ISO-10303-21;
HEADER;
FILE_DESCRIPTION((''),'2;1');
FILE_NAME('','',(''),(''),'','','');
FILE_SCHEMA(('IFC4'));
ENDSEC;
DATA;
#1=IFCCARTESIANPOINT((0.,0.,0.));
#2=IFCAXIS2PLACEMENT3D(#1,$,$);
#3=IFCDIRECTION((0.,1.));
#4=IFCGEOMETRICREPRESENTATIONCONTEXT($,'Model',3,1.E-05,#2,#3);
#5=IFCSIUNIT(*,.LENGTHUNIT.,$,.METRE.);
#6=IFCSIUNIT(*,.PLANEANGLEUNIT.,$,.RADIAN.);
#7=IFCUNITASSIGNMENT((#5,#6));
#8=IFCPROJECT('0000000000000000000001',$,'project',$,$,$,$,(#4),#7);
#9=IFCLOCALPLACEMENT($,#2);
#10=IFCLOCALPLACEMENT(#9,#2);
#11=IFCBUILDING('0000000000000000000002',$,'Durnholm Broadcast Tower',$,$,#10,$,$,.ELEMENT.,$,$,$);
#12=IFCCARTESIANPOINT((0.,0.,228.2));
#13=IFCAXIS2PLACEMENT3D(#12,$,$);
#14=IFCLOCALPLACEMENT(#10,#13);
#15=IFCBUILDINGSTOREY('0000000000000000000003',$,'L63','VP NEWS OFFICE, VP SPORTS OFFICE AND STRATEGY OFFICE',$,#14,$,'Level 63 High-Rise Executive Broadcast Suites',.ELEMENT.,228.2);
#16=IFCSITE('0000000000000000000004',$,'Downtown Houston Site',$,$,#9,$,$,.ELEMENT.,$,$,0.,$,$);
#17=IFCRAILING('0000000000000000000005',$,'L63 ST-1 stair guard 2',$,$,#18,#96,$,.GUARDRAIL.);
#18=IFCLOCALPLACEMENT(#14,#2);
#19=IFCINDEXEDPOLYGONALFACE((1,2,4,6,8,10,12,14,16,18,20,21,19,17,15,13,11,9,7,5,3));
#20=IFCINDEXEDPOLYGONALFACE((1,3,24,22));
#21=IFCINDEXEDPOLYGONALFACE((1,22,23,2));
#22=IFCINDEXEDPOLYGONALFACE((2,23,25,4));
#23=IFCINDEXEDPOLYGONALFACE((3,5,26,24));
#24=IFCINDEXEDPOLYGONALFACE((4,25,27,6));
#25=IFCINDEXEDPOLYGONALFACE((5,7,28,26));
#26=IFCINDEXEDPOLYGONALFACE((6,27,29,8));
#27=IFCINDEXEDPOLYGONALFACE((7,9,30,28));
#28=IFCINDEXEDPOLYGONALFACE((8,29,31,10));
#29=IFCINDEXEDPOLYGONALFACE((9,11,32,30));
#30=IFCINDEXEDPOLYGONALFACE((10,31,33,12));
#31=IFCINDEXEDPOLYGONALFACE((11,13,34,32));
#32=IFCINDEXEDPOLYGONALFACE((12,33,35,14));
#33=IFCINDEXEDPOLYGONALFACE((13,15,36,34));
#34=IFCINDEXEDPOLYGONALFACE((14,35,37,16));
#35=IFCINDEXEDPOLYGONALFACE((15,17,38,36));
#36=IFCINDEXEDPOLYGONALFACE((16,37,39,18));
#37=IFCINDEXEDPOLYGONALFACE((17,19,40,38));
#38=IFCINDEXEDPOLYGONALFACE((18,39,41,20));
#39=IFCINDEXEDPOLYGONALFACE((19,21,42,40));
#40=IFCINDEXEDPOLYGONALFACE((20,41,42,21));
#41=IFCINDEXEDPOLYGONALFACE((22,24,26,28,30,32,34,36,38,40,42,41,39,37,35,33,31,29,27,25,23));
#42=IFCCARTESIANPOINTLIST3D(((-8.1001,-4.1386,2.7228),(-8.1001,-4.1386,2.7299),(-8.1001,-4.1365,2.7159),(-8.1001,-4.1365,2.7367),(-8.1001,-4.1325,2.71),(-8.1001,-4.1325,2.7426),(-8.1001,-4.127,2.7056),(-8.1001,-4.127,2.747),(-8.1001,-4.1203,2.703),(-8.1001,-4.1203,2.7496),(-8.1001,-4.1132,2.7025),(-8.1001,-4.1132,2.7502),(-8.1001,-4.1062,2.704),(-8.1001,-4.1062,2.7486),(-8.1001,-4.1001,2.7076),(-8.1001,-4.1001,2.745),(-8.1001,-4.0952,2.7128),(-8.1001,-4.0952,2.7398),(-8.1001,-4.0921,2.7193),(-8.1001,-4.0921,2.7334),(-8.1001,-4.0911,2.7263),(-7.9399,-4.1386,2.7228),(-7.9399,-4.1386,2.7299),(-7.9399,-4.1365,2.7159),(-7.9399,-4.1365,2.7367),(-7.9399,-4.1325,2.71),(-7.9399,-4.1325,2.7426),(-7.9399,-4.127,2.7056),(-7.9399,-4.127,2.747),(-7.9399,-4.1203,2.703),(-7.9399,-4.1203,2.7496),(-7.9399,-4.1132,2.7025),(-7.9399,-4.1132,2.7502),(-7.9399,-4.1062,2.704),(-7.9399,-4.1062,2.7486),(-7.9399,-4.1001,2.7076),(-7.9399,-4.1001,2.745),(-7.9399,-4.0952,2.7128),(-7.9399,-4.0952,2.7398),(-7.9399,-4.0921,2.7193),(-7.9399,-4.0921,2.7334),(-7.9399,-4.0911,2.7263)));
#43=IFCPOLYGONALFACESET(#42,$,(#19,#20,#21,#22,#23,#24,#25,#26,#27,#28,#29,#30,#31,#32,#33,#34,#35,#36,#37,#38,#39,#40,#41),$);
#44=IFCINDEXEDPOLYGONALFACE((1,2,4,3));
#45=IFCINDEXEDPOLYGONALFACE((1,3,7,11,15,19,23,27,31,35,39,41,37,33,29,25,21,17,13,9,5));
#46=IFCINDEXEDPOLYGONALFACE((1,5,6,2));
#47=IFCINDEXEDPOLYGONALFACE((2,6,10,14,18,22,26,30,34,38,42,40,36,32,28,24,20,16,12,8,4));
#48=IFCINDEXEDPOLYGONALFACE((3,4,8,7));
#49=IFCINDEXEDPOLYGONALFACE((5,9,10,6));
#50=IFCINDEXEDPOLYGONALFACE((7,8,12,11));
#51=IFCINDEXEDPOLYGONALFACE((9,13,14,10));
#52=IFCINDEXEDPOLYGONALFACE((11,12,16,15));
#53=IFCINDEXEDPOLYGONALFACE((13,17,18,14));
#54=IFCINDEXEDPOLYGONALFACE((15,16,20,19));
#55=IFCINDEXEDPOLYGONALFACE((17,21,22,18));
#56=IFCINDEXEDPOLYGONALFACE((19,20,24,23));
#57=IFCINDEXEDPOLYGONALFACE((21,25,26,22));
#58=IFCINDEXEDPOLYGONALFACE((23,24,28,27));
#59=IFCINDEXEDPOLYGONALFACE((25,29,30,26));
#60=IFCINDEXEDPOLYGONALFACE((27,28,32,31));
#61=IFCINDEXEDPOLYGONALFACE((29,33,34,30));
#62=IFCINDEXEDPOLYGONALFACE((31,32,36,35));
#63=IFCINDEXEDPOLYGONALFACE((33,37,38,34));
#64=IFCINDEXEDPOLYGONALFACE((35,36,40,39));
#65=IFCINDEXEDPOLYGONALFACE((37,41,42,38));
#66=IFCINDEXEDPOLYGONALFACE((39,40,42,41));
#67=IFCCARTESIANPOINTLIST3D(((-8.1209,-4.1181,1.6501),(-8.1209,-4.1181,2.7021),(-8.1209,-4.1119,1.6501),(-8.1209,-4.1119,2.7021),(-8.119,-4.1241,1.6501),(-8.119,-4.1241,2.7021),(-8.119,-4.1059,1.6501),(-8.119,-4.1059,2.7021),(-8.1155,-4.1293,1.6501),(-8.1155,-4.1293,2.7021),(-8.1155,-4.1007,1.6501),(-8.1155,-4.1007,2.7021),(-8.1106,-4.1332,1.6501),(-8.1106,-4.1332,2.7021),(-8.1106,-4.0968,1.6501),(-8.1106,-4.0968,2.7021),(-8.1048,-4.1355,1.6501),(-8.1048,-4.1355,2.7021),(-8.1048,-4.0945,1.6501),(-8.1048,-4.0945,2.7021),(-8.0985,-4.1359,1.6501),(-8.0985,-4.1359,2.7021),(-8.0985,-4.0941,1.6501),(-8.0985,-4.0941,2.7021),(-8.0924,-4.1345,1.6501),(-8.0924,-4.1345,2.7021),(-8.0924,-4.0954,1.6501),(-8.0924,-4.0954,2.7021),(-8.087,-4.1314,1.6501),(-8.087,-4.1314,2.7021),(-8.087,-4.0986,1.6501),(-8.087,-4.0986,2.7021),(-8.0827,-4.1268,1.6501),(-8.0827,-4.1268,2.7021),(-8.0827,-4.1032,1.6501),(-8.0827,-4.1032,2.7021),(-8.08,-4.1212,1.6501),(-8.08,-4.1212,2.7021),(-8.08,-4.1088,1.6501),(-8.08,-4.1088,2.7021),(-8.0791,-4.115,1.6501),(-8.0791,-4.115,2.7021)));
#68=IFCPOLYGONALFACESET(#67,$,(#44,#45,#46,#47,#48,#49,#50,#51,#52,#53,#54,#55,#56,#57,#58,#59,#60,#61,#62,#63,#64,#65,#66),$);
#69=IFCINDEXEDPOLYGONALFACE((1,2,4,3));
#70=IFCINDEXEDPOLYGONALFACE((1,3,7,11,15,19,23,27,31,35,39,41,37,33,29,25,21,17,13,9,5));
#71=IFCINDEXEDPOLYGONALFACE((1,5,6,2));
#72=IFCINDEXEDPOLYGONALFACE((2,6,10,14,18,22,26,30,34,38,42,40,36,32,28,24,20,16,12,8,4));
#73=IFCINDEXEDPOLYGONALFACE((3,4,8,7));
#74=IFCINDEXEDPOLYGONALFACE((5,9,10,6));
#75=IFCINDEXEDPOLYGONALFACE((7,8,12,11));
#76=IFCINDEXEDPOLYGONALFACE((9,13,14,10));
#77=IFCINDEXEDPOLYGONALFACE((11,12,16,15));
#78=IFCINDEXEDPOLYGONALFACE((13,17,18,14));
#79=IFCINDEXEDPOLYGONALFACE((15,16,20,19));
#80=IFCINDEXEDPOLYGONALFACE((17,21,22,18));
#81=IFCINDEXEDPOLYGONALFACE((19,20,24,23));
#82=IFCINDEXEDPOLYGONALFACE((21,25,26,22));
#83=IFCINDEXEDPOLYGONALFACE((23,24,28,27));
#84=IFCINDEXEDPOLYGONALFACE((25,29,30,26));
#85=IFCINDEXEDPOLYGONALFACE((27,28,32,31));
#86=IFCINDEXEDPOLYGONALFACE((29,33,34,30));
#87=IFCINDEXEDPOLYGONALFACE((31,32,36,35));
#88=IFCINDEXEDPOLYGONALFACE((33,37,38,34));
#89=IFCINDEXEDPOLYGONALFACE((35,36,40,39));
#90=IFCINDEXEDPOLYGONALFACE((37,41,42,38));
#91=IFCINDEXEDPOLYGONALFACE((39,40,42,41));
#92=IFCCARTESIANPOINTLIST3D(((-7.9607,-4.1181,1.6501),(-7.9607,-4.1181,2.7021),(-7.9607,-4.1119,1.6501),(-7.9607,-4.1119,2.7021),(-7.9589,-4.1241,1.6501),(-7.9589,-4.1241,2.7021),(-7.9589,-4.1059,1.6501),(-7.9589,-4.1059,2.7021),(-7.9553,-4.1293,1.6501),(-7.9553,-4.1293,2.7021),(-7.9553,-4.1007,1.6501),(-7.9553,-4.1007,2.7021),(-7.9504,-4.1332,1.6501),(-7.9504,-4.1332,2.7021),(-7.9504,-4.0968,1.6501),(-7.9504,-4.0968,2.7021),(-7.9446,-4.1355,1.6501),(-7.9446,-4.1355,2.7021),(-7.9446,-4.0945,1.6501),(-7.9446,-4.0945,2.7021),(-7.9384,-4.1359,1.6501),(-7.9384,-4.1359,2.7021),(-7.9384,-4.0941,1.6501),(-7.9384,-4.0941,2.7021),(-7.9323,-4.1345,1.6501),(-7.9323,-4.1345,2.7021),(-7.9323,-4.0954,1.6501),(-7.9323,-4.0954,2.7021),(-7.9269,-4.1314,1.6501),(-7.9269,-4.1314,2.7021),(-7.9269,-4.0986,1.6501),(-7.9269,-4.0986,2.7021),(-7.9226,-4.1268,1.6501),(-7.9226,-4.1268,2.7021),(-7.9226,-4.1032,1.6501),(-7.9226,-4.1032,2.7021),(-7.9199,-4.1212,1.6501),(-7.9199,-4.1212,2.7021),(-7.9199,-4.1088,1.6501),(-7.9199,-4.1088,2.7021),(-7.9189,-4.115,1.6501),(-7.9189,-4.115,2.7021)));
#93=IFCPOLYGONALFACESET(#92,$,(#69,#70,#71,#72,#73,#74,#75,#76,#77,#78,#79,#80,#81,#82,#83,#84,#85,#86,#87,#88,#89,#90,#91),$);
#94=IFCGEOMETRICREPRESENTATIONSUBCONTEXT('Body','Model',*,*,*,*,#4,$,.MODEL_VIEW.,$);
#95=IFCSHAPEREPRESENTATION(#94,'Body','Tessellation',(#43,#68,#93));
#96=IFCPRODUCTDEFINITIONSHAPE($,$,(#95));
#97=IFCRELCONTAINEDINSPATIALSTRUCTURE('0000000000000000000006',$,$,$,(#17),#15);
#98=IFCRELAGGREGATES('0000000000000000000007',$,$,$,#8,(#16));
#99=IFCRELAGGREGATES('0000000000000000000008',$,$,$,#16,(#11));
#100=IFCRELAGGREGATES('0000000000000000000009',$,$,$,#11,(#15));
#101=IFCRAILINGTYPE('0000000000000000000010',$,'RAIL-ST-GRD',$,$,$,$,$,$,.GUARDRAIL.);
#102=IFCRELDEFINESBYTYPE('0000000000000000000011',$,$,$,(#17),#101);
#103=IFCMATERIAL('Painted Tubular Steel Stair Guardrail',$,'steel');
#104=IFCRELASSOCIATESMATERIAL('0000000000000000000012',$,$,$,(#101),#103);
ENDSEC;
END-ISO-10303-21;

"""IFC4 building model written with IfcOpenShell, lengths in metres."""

from ifc_helpers import new_model, si_unit, direction, frame, origin, origin_2d, place, context, subcontext, project, spatial, circle, extrude, material, type_object, element, save


model = new_model("IFC4")

# Units and contexts
model_context = context("Model", 3, precision=1e-05, world=origin(), true_north=direction((0.0, 1.0)))
body_context = subcontext(model_context, "Body", "Model", "MODEL_VIEW")
ifc_project = project(units=[si_unit("LENGTHUNIT", "METRE"), si_unit("PLANEANGLEUNIT", "RADIAN")], contexts=[model_context])

# Site, building, storey
site_placement = place(None, origin())
site = spatial("IfcSite", under=ifc_project, at=site_placement, Name="Downtown Houston Site", CompositionType="ELEMENT", RefElevation=0.0)
building_placement = place(site_placement, origin())
building = spatial("IfcBuilding", under=site, at=building_placement, Name="Durnholm Broadcast Tower", CompositionType="ELEMENT")
storey_placement = place(building_placement, frame((0.0, 0.0, 228.2)))
storey = spatial("IfcBuildingStorey", under=building, at=storey_placement, Name="L63", Description="VP NEWS OFFICE, VP SPORTS OFFICE AND STRATEGY OFFICE", LongName="Level 63 High-Rise Executive Broadcast Suites", CompositionType="ELEMENT", Elevation=228.2)

# Railing
ifc_material_1 = material(Name="Painted Tubular Steel Stair Guardrail", Category="steel")
railing_type_1 = type_object("IfcRailingType", Name="RAIL-ST-GRD", PredefinedType="GUARDRAIL", material=ifc_material_1)
railing_1_placement = place(storey_placement, frame((-8.1001, -4.115, 1.6501)))
element("IfcRailing", 1, at=railing_1_placement, inside=storey, type_object=railing_type_1, Name="L63 ST-1 stair guard 2", PredefinedType="GUARDRAIL", context=body_context, shape_type="SweptSolid", body=[
    extrude(circle(Radius=0.0239, at=origin_2d()), frame((0.0, 0.0, 1.0762), z_axis=(1.0, 0.0, 0.0), x_axis=(0.0, 1.0, 0.0)), (0.0, 0.0, 1.0), 0.1602),
    extrude(circle(Radius=0.021, at=origin_2d()), origin(), (0.0, 0.0, 1.0), 1.052),
    extrude(circle(Radius=0.021, at=origin_2d()), frame((0.1602, 0.0, 0.0)), (0.0, 0.0, 1.0), 1.052),
])

save(model, "model.ifc")
